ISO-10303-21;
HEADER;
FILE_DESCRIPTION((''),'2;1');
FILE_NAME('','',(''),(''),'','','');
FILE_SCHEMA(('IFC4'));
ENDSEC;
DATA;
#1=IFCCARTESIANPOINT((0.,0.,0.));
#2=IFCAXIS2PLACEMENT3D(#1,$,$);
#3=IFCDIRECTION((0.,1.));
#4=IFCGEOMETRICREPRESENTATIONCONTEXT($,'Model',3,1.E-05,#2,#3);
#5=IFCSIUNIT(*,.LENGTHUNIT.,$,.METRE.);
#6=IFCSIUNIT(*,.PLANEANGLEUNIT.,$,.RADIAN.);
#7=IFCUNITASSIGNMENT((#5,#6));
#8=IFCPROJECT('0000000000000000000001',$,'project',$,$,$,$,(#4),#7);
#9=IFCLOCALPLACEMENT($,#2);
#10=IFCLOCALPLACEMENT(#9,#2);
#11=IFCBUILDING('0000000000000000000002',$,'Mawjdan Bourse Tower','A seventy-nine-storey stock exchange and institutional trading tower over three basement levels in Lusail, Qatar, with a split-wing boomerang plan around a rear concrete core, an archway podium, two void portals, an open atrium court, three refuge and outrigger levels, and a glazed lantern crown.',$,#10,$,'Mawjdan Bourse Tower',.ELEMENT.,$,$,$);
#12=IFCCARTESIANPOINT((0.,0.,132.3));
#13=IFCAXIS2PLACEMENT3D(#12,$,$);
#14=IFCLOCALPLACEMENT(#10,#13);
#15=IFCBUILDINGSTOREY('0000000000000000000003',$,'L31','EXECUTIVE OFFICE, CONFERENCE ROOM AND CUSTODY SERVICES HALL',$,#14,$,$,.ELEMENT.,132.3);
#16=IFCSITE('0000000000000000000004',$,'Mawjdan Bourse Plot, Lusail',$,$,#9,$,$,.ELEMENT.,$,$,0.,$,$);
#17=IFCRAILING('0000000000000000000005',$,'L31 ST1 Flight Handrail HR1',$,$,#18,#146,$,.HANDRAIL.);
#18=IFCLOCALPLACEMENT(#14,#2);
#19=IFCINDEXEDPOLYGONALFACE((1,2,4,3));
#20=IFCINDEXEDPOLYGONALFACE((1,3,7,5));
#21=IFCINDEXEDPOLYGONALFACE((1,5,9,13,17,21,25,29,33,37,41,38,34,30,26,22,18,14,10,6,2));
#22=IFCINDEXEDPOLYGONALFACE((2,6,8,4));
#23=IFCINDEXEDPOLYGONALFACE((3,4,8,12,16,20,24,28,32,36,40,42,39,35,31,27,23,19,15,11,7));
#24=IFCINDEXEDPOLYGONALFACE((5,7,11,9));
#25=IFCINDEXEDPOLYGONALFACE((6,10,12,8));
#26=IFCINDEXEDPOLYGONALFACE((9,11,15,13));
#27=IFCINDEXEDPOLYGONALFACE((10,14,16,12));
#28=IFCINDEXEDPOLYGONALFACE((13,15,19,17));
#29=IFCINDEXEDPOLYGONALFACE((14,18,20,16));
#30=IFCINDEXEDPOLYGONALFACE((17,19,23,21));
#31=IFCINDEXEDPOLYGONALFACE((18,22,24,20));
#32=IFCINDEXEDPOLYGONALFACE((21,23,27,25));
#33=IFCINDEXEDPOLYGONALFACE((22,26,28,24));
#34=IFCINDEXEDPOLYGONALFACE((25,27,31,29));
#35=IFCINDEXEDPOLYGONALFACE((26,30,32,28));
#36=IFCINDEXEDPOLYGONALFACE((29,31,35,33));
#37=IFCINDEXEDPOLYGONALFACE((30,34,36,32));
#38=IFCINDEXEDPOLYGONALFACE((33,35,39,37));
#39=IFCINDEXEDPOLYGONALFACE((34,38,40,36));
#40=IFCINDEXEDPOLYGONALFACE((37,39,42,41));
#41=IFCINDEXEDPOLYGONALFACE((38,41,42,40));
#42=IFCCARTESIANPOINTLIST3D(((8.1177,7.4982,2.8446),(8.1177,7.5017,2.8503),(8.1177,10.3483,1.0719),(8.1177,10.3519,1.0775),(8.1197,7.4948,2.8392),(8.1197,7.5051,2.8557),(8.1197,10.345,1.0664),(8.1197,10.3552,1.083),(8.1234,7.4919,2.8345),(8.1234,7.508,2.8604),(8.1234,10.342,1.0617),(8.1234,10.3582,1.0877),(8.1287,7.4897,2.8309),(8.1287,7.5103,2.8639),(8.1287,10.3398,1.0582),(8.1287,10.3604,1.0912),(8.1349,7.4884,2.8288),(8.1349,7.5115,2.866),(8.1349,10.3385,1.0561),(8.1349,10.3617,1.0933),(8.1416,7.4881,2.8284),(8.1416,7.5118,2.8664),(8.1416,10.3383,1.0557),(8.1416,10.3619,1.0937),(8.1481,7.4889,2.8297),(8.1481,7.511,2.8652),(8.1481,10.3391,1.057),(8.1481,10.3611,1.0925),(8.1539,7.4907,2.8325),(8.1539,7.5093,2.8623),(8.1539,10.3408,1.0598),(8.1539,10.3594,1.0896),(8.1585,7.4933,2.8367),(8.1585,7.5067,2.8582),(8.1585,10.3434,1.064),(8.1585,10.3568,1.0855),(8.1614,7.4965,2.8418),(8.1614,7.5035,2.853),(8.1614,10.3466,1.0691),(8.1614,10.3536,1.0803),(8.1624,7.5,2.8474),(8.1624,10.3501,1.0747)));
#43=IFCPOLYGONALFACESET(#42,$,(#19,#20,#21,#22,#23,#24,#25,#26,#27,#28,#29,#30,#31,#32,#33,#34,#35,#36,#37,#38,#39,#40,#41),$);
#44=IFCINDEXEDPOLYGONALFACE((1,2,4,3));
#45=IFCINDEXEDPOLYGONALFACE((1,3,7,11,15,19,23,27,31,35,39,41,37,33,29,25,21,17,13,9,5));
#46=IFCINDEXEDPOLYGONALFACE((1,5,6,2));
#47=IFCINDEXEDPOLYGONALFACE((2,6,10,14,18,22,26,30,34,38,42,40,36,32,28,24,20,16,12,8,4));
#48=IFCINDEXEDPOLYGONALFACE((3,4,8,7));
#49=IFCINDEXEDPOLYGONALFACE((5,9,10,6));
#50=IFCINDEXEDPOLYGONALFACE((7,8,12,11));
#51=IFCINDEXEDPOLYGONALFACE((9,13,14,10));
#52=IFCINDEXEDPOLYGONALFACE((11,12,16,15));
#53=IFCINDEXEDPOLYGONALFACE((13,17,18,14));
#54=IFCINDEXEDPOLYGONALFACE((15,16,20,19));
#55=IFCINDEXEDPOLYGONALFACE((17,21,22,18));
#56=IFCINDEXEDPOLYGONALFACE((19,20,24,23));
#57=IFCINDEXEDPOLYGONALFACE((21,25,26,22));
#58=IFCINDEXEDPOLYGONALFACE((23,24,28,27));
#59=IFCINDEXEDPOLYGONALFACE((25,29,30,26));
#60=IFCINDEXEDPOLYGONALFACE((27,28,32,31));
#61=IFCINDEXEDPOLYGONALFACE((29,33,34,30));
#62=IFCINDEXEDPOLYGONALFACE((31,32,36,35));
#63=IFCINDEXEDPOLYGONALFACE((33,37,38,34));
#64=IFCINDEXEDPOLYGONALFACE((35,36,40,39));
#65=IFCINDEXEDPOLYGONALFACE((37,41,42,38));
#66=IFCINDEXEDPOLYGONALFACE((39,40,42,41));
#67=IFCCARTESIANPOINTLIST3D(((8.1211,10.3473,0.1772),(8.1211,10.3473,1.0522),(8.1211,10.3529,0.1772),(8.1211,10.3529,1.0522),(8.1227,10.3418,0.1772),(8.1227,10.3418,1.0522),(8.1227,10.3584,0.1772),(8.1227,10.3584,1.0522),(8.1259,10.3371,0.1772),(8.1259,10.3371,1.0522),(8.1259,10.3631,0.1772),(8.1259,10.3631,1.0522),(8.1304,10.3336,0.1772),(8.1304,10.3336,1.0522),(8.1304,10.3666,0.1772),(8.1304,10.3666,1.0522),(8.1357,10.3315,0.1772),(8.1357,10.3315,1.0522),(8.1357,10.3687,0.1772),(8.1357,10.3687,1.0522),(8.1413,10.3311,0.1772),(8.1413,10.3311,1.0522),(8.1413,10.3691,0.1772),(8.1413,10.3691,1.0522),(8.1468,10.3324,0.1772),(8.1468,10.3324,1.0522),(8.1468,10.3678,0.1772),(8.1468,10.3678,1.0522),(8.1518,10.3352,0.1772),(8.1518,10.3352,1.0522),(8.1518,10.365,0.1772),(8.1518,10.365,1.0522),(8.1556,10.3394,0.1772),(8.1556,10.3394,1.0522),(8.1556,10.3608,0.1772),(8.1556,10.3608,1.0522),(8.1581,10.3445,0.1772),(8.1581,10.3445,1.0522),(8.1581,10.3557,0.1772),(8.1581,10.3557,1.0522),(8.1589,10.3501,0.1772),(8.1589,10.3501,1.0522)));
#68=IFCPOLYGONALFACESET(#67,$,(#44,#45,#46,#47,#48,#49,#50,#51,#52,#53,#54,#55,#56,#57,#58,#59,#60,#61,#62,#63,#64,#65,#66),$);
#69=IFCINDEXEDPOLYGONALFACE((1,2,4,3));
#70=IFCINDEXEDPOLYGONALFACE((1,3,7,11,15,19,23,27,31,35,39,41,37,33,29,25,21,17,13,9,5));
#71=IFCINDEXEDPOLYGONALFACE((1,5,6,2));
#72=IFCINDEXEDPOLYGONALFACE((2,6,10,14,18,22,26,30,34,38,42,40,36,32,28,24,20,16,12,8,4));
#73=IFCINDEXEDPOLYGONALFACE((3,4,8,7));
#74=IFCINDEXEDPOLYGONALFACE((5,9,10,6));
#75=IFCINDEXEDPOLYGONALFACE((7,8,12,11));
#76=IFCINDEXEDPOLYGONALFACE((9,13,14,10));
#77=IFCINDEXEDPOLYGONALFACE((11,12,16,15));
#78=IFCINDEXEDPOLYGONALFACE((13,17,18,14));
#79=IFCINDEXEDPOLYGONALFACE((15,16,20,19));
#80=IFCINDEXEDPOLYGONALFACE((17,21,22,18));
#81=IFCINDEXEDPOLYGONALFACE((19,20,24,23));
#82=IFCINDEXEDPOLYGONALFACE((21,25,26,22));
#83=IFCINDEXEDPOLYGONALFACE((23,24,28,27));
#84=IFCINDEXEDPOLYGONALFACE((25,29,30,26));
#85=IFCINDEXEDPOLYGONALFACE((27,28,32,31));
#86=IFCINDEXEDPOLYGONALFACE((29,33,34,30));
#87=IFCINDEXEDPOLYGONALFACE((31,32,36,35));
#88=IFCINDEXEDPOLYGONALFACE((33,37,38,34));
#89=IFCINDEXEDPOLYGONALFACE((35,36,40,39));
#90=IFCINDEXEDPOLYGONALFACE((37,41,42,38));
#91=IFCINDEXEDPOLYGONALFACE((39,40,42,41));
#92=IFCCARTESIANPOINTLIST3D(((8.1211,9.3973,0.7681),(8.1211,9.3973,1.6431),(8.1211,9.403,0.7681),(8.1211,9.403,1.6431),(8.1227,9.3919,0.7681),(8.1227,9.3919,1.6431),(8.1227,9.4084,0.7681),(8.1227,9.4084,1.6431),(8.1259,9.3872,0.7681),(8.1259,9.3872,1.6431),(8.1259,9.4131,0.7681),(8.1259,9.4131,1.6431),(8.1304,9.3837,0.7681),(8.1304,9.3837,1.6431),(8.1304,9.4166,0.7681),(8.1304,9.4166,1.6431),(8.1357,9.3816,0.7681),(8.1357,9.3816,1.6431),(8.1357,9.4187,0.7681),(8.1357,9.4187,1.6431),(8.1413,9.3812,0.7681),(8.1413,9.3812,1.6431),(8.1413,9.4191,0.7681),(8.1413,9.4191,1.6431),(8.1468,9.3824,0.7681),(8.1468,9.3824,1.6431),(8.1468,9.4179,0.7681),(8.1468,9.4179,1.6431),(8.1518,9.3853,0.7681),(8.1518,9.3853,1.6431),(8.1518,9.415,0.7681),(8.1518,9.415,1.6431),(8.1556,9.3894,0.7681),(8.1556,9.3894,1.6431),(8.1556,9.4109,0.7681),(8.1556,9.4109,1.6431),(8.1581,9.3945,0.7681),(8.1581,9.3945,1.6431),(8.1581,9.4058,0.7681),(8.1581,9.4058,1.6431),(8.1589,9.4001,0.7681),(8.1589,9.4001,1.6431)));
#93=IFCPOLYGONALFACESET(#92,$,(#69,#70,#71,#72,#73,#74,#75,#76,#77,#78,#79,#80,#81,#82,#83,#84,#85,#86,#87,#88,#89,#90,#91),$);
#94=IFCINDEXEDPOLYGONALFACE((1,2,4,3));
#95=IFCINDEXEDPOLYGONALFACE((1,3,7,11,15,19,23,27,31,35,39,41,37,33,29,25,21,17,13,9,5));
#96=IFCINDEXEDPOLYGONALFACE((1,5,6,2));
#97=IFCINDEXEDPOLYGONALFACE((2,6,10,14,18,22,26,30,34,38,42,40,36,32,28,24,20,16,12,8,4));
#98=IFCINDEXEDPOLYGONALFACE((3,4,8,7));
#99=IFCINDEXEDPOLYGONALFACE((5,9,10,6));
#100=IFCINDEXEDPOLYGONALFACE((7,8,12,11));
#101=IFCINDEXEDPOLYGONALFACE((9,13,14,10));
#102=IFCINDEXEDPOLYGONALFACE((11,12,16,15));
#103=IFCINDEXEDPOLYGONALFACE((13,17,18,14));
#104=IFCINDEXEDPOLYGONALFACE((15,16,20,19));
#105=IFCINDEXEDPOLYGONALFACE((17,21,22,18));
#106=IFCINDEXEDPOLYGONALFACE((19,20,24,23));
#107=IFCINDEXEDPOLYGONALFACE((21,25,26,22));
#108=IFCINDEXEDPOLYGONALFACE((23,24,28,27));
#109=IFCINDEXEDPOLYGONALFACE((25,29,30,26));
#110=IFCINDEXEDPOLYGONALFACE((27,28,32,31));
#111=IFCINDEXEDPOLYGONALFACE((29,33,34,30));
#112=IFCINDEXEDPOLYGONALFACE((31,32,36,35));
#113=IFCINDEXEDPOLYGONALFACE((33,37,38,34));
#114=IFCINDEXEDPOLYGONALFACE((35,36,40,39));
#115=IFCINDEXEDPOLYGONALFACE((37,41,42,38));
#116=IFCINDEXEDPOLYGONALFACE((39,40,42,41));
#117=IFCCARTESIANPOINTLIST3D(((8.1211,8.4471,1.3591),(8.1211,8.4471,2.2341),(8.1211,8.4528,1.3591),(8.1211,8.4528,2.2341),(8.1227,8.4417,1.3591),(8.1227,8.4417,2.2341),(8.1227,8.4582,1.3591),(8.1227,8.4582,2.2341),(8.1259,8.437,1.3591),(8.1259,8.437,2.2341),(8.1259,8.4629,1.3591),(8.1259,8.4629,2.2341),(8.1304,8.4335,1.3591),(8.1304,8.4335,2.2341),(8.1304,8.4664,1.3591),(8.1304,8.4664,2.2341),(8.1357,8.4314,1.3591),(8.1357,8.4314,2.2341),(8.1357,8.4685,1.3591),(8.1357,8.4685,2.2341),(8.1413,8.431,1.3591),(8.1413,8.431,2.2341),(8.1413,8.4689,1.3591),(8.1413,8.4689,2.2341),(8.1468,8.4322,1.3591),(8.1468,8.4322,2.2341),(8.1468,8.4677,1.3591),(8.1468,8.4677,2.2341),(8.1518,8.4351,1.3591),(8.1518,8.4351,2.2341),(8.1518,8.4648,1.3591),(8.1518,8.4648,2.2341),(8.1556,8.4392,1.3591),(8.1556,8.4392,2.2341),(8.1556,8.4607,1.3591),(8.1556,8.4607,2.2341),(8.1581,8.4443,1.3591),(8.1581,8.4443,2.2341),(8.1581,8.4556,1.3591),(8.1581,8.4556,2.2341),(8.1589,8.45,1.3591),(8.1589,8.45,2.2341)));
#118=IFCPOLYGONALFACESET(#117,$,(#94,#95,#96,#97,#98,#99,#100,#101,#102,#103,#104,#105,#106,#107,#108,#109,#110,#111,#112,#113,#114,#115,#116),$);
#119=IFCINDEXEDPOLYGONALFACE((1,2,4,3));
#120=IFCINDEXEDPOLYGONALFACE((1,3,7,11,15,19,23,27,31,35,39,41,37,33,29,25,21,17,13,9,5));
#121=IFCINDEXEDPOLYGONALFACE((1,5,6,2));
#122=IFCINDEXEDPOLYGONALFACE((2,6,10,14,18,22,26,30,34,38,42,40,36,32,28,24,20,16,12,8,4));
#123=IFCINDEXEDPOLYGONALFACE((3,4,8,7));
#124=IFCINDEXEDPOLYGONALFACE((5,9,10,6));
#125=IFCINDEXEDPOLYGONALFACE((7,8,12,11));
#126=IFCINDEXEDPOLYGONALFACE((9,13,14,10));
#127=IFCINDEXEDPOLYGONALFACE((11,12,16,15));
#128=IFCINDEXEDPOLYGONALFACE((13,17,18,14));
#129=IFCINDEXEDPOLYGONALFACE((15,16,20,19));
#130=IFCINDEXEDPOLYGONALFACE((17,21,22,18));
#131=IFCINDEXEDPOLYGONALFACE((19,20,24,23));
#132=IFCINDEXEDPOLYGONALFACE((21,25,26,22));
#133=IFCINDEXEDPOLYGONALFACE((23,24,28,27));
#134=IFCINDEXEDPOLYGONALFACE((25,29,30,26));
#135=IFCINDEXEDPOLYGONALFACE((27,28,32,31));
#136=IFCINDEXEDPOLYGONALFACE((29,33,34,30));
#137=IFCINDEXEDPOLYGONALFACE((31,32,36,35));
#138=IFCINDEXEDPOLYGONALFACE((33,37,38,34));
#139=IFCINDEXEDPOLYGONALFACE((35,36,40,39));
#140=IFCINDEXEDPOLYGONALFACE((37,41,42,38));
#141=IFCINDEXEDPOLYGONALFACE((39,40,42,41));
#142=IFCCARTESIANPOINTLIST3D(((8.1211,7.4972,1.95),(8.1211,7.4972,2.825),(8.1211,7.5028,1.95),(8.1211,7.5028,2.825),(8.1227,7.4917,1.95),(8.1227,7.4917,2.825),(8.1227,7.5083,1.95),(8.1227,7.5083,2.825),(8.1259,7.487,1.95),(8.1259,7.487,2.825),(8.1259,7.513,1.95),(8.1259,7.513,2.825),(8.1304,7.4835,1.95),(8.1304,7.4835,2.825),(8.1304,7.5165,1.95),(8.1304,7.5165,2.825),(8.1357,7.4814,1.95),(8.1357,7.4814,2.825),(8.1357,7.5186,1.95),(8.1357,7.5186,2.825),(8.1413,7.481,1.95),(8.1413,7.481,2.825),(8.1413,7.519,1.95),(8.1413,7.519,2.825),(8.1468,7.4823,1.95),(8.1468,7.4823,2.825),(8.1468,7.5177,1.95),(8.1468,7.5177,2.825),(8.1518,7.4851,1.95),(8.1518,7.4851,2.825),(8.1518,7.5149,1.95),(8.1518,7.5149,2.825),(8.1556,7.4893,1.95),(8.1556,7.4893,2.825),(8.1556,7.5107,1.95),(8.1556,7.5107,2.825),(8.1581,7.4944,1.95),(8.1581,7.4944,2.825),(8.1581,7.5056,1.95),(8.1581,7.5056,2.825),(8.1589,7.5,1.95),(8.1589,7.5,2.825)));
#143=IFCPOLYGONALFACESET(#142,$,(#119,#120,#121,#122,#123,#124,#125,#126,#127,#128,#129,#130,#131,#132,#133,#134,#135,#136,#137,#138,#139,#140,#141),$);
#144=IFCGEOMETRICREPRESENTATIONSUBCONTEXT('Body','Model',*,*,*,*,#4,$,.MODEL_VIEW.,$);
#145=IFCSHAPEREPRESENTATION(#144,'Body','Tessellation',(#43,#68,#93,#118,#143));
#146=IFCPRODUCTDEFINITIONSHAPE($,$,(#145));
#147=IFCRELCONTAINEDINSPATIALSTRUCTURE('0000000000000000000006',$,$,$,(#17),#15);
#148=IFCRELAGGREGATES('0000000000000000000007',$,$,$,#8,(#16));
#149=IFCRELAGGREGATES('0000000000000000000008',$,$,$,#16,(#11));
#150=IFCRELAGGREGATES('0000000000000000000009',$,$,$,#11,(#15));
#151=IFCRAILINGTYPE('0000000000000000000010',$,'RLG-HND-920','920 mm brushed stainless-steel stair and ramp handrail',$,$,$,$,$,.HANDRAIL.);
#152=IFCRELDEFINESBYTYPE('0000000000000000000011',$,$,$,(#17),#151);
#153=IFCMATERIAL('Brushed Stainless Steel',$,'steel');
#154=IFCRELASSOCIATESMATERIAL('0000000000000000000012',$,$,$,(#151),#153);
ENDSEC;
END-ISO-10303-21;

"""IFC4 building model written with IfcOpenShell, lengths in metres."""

from ifc_helpers import new_model, si_unit, direction, frame, origin, origin_2d, place, context, subcontext, project, spatial, circle, extrude, material, type_object, element, save


model = new_model("IFC4")

# Units and contexts
model_context = context("Model", 3, precision=1e-05, world=origin(), true_north=direction((0.0, 1.0)))
body_context = subcontext(model_context, "Body", "Model", "MODEL_VIEW")
ifc_project = project(units=[si_unit("LENGTHUNIT", "METRE"), si_unit("PLANEANGLEUNIT", "RADIAN")], contexts=[model_context])

# Site, building, storey
site_placement = place(None, origin())
site = spatial("IfcSite", under=ifc_project, at=site_placement, Name="Mawjdan Bourse Plot, Lusail", CompositionType="ELEMENT", RefElevation=0.0)
building_placement = place(site_placement, origin())
building = spatial("IfcBuilding", under=site, at=building_placement, Name="Mawjdan Bourse Tower", Description="A seventy-nine-storey stock exchange and institutional trading tower over three basement levels in Lusail, Qatar, with a split-wing boomerang plan around a rear concrete core, an archway podium, two void portals, an open atrium court, three refuge and outrigger levels, and a glazed lantern crown.", LongName="Mawjdan Bourse Tower", CompositionType="ELEMENT")
storey_placement = place(building_placement, frame((0.0, 0.0, 132.3)))
storey = spatial("IfcBuildingStorey", under=building, at=storey_placement, Name="L31", Description="EXECUTIVE OFFICE, CONFERENCE ROOM AND CUSTODY SERVICES HALL", CompositionType="ELEMENT", Elevation=132.3)

# Railing
ifc_material_1 = material(Name="Brushed Stainless Steel", Category="steel")
railing_type_1 = type_object("IfcRailingType", Name="RLG-HND-920", Description="920 mm brushed stainless-steel stair and ramp handrail", PredefinedType="HANDRAIL", material=ifc_material_1)
railing_placement = place(storey_placement, frame((8.1399, 10.3501, 0.1772)))
element("IfcRailing", 1, at=railing_placement, inside=storey, type_object=railing_type_1, Name="L31 ST1 Flight Handrail HR1", PredefinedType="HANDRAIL", context=body_context, shape_type="SweptSolid", body=[
    extrude(circle(Radius=0.0225, at=origin_2d()), frame((0.0, 0.0, 0.8975), z_axis=(0.0, -0.849149, 0.528154), x_axis=(1.0, 0.0, 0.0)), (0.0, 0.0, 1.0), 3.3564),
    extrude(circle(Radius=0.019, at=origin_2d()), origin(), (0.0, 0.0, 1.0), 0.875),
    extrude(circle(Radius=0.019, at=origin_2d()), frame((0.0, -0.95, 0.5908)), (0.0, 0.0, 1.0), 0.875),
    extrude(circle(Radius=0.019, at=origin_2d()), frame((0.0, -1.9001, 1.1819)), (0.0, 0.0, 1.0), 0.875),
    extrude(circle(Radius=0.019, at=origin_2d()), frame((0.0, -2.8501, 1.7727)), (0.0, 0.0, 1.0), 0.875),
])

save(model, "model.ifc")
